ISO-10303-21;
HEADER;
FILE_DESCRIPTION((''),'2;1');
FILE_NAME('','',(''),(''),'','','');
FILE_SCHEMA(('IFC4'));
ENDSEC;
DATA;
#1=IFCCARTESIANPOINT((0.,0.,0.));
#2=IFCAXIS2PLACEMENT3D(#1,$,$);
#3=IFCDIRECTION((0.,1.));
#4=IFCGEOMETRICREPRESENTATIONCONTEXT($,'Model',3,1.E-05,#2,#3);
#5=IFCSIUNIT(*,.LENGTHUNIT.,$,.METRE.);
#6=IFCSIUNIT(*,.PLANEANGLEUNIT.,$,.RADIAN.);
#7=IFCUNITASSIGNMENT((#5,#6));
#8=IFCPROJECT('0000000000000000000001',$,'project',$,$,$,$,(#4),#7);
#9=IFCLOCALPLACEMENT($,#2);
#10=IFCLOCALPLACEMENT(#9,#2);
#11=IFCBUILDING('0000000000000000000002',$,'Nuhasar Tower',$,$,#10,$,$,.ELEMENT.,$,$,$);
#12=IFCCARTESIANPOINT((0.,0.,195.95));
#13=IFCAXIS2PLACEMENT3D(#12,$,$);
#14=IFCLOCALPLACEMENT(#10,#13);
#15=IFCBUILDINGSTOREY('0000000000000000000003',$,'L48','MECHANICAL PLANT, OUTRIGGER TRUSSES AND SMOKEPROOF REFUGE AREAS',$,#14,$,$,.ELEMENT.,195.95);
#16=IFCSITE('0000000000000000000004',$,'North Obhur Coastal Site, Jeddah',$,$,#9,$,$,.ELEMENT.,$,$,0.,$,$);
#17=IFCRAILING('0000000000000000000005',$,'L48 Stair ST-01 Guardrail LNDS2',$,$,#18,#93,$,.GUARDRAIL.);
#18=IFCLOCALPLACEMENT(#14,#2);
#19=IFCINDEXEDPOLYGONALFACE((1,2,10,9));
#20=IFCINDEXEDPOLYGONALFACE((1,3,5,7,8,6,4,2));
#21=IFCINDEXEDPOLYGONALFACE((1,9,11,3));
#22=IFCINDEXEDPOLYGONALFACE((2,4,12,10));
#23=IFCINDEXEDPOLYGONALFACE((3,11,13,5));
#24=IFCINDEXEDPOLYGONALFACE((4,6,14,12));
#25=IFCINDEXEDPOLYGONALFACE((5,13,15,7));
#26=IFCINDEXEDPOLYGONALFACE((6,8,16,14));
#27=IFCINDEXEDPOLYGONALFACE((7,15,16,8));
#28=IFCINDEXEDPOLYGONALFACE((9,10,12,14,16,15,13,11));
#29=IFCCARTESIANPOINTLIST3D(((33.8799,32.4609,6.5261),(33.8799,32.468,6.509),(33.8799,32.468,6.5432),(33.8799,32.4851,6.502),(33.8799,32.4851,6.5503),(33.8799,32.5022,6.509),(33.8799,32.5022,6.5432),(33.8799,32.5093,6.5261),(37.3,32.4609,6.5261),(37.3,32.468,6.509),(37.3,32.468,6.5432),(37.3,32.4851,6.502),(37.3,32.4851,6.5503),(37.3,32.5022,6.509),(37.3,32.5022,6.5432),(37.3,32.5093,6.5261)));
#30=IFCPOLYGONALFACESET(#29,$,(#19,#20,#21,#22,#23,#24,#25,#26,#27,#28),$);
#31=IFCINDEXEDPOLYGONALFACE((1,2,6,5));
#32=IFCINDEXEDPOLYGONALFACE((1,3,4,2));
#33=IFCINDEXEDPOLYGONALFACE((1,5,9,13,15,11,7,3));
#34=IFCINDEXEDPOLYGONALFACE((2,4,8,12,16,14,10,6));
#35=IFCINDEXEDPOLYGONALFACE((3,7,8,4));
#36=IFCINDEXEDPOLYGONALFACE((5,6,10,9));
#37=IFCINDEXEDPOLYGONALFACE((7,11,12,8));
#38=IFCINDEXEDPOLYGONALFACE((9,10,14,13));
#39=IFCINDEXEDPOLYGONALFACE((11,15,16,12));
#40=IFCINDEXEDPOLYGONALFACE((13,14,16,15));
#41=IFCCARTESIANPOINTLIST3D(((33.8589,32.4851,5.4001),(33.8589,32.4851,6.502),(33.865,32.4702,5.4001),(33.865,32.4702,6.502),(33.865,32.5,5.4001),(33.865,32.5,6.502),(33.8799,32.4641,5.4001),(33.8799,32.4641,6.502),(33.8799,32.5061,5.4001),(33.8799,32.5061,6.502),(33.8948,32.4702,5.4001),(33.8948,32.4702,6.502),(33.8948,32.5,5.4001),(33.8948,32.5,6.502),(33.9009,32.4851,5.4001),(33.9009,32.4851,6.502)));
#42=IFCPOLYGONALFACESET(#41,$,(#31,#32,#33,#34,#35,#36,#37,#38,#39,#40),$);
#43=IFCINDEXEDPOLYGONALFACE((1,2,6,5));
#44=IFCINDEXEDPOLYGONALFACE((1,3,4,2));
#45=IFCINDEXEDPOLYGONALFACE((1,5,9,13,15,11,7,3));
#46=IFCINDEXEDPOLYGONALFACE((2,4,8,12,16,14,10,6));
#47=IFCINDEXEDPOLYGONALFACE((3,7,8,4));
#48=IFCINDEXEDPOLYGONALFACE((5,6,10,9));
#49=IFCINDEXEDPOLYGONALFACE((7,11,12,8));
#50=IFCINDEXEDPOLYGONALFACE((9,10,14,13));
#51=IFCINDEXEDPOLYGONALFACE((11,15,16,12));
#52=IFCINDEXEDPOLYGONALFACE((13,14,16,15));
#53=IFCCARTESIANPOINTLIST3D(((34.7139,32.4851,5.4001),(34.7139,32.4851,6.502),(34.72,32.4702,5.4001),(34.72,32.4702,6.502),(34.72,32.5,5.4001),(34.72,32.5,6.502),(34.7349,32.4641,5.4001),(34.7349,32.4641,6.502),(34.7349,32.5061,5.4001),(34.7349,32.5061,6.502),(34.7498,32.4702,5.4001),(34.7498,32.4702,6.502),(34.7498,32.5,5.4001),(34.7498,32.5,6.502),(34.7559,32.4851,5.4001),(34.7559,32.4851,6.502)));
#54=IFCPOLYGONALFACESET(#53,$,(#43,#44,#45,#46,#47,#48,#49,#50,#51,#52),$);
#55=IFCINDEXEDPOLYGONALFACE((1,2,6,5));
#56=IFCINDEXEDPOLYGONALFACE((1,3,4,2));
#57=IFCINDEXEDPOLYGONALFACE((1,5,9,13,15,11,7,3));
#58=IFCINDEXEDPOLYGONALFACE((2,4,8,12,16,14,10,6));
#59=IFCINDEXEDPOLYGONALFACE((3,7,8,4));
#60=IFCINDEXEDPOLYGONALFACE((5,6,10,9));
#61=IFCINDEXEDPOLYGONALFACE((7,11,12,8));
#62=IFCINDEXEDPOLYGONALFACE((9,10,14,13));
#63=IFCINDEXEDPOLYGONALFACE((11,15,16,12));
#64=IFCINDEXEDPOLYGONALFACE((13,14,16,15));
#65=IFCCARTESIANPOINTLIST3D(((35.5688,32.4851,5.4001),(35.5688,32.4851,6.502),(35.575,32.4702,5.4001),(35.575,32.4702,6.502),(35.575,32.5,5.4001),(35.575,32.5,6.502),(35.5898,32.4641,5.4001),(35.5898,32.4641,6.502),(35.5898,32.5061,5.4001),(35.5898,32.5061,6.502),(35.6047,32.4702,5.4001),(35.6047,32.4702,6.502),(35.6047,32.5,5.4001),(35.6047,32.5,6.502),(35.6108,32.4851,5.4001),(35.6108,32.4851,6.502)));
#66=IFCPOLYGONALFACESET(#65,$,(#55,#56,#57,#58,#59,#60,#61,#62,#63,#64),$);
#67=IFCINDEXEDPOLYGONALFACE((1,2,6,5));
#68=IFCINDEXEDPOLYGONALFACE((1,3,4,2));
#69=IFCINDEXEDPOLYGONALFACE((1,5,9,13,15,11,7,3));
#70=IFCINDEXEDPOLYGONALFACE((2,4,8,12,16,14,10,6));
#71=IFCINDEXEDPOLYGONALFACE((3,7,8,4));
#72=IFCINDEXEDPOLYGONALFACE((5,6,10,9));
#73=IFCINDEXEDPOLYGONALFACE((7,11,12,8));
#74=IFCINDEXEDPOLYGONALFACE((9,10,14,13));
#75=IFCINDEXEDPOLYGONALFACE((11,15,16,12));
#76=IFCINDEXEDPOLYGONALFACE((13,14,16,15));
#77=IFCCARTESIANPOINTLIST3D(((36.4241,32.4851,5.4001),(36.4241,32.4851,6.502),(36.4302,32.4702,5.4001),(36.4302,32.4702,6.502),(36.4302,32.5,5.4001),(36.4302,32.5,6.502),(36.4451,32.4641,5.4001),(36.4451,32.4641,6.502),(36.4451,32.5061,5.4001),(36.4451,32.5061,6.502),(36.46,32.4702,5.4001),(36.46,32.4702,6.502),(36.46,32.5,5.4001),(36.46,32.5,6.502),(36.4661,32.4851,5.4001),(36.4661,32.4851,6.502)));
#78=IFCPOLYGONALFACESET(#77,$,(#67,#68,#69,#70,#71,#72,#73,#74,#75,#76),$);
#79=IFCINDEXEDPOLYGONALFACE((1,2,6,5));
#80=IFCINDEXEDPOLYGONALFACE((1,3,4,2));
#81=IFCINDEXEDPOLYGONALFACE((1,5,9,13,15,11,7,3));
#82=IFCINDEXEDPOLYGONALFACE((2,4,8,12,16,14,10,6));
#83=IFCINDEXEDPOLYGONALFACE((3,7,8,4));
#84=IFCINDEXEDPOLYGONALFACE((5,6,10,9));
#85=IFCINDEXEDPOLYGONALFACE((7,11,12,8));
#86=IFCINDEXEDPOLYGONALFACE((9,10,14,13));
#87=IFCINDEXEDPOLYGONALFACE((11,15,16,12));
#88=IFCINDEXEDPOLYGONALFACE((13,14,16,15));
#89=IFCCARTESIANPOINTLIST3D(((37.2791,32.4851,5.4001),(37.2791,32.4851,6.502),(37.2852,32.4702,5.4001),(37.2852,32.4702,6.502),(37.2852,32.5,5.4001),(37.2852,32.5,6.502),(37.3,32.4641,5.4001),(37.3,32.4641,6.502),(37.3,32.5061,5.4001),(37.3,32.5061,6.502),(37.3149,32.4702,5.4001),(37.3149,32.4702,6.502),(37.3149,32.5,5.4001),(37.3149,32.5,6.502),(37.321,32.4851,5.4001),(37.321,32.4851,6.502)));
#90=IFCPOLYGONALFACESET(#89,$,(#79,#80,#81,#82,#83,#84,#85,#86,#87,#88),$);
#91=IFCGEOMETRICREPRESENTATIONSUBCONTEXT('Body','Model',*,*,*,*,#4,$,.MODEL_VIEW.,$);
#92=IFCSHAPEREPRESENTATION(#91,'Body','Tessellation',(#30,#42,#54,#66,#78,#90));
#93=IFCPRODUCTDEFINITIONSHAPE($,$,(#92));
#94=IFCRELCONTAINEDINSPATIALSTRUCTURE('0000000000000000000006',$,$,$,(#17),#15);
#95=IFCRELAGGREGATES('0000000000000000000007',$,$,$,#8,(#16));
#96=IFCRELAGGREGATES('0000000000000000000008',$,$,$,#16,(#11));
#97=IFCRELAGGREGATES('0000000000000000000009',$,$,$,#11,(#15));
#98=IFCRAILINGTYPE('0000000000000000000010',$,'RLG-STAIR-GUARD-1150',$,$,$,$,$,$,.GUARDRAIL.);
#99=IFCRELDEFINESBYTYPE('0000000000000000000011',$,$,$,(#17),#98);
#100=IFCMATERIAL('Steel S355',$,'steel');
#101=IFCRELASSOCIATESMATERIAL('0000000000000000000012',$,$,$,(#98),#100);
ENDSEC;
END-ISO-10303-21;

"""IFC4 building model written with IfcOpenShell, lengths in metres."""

from ifc_helpers import new_model, si_unit, direction, frame, origin, place, context, subcontext, project, spatial, polyline, outline, extrude, material, type_object, element, save


model = new_model("IFC4")

# Units and contexts
model_context = context("Model", 3, precision=1e-05, world=origin(), true_north=direction((0.0, 1.0)))
body_context = subcontext(model_context, "Body", "Model", "MODEL_VIEW")
ifc_project = project(units=[si_unit("LENGTHUNIT", "METRE"), si_unit("PLANEANGLEUNIT", "RADIAN")], contexts=[model_context])

# Site, building, storey
site_placement = place(None, origin())
site = spatial("IfcSite", under=ifc_project, at=site_placement, Name="North Obhur Coastal Site, Jeddah", CompositionType="ELEMENT", RefElevation=0.0)
building_placement = place(site_placement, origin())
building = spatial("IfcBuilding", under=site, at=building_placement, Name="Nuhasar Tower", CompositionType="ELEMENT")
storey_placement = place(building_placement, frame((0.0, 0.0, 195.95)))
storey = spatial("IfcBuildingStorey", under=building, at=storey_placement, Name="L48", Description="MECHANICAL PLANT, OUTRIGGER TRUSSES AND SMOKEPROOF REFUGE AREAS", CompositionType="ELEMENT", Elevation=195.95)

# Shared definitions
ifc_material_1 = material(Name="Steel S355", Category="steel")

# Railing
railing_type_1 = type_object("IfcRailingType", Name="RLG-STAIR-GUARD-1150", PredefinedType="GUARDRAIL", material=ifc_material_1)
railing_1_placement = place(storey_placement, frame((33.8799, 32.4851, 5.4001)))
element("IfcRailing", 1, at=railing_1_placement, inside=storey, type_object=railing_type_1, Name="L48 Stair ST-01 Guardrail LNDS2", PredefinedType="GUARDRAIL", context=body_context, shape_type="SweptSolid", body=[
    extrude(outline(polyline([(0.0242, 0.0), (0.0171, 0.0171), (0.0, 0.0242), (-0.0171, 0.0171), (-0.0242, 0.0), (-0.0171, -0.0171), (0.0, -0.0242), (0.0171, -0.0171), (0.0242, 0.0)])), frame((0.0, 0.0, 1.126), z_axis=(1.0, 0.0, 0.0), x_axis=(0.0, 1.0, 0.0)), (0.0, 0.0, 1.0), 3.4202),
    extrude(outline(polyline([(0.021, 0.0), (0.0149, 0.0149), (0.0, 0.021), (-0.0149, 0.0149), (-0.021, 0.0), (-0.0149, -0.0149), (0.0, -0.021), (0.0149, -0.0149), (0.021, 0.0)])), origin(), (0.0, 0.0, 1.0), 1.1018),
    extrude(outline(polyline([(0.021, 0.0), (0.0149, 0.0149), (0.0, 0.021), (-0.0149, 0.0149), (-0.021, 0.0), (-0.0149, -0.0149), (0.0, -0.021), (0.0149, -0.0149), (0.021, 0.0)])), frame((0.855, 0.0, 0.0)), (0.0, 0.0, 1.0), 1.1018),
    extrude(outline(polyline([(0.021, 0.0), (0.0149, 0.0149), (0.0, 0.021), (-0.0149, 0.0149), (-0.021, 0.0), (-0.0149, -0.0149), (0.0, -0.021), (0.0149, -0.0149), (0.021, 0.0)])), frame((1.71, 0.0, 0.0)), (0.0, 0.0, 1.0), 1.1018),
    extrude(outline(polyline([(0.021, 0.0), (0.0149, 0.0149), (0.0, 0.021), (-0.0149, 0.0149), (-0.021, 0.0), (-0.0149, -0.0149), (0.0, -0.021), (0.0149, -0.0149), (0.021, 0.0)])), frame((2.5652, 0.0, 0.0)), (0.0, 0.0, 1.0), 1.1018),
    extrude(outline(polyline([(0.021, 0.0), (0.0149, 0.0149), (0.0, 0.021), (-0.0149, 0.0149), (-0.021, 0.0), (-0.0149, -0.0149), (0.0, -0.021), (0.0149, -0.0149), (0.021, 0.0)])), frame((3.4202, 0.0, 0.0)), (0.0, 0.0, 1.0), 1.1018),
])

save(model, "model.ifc")
